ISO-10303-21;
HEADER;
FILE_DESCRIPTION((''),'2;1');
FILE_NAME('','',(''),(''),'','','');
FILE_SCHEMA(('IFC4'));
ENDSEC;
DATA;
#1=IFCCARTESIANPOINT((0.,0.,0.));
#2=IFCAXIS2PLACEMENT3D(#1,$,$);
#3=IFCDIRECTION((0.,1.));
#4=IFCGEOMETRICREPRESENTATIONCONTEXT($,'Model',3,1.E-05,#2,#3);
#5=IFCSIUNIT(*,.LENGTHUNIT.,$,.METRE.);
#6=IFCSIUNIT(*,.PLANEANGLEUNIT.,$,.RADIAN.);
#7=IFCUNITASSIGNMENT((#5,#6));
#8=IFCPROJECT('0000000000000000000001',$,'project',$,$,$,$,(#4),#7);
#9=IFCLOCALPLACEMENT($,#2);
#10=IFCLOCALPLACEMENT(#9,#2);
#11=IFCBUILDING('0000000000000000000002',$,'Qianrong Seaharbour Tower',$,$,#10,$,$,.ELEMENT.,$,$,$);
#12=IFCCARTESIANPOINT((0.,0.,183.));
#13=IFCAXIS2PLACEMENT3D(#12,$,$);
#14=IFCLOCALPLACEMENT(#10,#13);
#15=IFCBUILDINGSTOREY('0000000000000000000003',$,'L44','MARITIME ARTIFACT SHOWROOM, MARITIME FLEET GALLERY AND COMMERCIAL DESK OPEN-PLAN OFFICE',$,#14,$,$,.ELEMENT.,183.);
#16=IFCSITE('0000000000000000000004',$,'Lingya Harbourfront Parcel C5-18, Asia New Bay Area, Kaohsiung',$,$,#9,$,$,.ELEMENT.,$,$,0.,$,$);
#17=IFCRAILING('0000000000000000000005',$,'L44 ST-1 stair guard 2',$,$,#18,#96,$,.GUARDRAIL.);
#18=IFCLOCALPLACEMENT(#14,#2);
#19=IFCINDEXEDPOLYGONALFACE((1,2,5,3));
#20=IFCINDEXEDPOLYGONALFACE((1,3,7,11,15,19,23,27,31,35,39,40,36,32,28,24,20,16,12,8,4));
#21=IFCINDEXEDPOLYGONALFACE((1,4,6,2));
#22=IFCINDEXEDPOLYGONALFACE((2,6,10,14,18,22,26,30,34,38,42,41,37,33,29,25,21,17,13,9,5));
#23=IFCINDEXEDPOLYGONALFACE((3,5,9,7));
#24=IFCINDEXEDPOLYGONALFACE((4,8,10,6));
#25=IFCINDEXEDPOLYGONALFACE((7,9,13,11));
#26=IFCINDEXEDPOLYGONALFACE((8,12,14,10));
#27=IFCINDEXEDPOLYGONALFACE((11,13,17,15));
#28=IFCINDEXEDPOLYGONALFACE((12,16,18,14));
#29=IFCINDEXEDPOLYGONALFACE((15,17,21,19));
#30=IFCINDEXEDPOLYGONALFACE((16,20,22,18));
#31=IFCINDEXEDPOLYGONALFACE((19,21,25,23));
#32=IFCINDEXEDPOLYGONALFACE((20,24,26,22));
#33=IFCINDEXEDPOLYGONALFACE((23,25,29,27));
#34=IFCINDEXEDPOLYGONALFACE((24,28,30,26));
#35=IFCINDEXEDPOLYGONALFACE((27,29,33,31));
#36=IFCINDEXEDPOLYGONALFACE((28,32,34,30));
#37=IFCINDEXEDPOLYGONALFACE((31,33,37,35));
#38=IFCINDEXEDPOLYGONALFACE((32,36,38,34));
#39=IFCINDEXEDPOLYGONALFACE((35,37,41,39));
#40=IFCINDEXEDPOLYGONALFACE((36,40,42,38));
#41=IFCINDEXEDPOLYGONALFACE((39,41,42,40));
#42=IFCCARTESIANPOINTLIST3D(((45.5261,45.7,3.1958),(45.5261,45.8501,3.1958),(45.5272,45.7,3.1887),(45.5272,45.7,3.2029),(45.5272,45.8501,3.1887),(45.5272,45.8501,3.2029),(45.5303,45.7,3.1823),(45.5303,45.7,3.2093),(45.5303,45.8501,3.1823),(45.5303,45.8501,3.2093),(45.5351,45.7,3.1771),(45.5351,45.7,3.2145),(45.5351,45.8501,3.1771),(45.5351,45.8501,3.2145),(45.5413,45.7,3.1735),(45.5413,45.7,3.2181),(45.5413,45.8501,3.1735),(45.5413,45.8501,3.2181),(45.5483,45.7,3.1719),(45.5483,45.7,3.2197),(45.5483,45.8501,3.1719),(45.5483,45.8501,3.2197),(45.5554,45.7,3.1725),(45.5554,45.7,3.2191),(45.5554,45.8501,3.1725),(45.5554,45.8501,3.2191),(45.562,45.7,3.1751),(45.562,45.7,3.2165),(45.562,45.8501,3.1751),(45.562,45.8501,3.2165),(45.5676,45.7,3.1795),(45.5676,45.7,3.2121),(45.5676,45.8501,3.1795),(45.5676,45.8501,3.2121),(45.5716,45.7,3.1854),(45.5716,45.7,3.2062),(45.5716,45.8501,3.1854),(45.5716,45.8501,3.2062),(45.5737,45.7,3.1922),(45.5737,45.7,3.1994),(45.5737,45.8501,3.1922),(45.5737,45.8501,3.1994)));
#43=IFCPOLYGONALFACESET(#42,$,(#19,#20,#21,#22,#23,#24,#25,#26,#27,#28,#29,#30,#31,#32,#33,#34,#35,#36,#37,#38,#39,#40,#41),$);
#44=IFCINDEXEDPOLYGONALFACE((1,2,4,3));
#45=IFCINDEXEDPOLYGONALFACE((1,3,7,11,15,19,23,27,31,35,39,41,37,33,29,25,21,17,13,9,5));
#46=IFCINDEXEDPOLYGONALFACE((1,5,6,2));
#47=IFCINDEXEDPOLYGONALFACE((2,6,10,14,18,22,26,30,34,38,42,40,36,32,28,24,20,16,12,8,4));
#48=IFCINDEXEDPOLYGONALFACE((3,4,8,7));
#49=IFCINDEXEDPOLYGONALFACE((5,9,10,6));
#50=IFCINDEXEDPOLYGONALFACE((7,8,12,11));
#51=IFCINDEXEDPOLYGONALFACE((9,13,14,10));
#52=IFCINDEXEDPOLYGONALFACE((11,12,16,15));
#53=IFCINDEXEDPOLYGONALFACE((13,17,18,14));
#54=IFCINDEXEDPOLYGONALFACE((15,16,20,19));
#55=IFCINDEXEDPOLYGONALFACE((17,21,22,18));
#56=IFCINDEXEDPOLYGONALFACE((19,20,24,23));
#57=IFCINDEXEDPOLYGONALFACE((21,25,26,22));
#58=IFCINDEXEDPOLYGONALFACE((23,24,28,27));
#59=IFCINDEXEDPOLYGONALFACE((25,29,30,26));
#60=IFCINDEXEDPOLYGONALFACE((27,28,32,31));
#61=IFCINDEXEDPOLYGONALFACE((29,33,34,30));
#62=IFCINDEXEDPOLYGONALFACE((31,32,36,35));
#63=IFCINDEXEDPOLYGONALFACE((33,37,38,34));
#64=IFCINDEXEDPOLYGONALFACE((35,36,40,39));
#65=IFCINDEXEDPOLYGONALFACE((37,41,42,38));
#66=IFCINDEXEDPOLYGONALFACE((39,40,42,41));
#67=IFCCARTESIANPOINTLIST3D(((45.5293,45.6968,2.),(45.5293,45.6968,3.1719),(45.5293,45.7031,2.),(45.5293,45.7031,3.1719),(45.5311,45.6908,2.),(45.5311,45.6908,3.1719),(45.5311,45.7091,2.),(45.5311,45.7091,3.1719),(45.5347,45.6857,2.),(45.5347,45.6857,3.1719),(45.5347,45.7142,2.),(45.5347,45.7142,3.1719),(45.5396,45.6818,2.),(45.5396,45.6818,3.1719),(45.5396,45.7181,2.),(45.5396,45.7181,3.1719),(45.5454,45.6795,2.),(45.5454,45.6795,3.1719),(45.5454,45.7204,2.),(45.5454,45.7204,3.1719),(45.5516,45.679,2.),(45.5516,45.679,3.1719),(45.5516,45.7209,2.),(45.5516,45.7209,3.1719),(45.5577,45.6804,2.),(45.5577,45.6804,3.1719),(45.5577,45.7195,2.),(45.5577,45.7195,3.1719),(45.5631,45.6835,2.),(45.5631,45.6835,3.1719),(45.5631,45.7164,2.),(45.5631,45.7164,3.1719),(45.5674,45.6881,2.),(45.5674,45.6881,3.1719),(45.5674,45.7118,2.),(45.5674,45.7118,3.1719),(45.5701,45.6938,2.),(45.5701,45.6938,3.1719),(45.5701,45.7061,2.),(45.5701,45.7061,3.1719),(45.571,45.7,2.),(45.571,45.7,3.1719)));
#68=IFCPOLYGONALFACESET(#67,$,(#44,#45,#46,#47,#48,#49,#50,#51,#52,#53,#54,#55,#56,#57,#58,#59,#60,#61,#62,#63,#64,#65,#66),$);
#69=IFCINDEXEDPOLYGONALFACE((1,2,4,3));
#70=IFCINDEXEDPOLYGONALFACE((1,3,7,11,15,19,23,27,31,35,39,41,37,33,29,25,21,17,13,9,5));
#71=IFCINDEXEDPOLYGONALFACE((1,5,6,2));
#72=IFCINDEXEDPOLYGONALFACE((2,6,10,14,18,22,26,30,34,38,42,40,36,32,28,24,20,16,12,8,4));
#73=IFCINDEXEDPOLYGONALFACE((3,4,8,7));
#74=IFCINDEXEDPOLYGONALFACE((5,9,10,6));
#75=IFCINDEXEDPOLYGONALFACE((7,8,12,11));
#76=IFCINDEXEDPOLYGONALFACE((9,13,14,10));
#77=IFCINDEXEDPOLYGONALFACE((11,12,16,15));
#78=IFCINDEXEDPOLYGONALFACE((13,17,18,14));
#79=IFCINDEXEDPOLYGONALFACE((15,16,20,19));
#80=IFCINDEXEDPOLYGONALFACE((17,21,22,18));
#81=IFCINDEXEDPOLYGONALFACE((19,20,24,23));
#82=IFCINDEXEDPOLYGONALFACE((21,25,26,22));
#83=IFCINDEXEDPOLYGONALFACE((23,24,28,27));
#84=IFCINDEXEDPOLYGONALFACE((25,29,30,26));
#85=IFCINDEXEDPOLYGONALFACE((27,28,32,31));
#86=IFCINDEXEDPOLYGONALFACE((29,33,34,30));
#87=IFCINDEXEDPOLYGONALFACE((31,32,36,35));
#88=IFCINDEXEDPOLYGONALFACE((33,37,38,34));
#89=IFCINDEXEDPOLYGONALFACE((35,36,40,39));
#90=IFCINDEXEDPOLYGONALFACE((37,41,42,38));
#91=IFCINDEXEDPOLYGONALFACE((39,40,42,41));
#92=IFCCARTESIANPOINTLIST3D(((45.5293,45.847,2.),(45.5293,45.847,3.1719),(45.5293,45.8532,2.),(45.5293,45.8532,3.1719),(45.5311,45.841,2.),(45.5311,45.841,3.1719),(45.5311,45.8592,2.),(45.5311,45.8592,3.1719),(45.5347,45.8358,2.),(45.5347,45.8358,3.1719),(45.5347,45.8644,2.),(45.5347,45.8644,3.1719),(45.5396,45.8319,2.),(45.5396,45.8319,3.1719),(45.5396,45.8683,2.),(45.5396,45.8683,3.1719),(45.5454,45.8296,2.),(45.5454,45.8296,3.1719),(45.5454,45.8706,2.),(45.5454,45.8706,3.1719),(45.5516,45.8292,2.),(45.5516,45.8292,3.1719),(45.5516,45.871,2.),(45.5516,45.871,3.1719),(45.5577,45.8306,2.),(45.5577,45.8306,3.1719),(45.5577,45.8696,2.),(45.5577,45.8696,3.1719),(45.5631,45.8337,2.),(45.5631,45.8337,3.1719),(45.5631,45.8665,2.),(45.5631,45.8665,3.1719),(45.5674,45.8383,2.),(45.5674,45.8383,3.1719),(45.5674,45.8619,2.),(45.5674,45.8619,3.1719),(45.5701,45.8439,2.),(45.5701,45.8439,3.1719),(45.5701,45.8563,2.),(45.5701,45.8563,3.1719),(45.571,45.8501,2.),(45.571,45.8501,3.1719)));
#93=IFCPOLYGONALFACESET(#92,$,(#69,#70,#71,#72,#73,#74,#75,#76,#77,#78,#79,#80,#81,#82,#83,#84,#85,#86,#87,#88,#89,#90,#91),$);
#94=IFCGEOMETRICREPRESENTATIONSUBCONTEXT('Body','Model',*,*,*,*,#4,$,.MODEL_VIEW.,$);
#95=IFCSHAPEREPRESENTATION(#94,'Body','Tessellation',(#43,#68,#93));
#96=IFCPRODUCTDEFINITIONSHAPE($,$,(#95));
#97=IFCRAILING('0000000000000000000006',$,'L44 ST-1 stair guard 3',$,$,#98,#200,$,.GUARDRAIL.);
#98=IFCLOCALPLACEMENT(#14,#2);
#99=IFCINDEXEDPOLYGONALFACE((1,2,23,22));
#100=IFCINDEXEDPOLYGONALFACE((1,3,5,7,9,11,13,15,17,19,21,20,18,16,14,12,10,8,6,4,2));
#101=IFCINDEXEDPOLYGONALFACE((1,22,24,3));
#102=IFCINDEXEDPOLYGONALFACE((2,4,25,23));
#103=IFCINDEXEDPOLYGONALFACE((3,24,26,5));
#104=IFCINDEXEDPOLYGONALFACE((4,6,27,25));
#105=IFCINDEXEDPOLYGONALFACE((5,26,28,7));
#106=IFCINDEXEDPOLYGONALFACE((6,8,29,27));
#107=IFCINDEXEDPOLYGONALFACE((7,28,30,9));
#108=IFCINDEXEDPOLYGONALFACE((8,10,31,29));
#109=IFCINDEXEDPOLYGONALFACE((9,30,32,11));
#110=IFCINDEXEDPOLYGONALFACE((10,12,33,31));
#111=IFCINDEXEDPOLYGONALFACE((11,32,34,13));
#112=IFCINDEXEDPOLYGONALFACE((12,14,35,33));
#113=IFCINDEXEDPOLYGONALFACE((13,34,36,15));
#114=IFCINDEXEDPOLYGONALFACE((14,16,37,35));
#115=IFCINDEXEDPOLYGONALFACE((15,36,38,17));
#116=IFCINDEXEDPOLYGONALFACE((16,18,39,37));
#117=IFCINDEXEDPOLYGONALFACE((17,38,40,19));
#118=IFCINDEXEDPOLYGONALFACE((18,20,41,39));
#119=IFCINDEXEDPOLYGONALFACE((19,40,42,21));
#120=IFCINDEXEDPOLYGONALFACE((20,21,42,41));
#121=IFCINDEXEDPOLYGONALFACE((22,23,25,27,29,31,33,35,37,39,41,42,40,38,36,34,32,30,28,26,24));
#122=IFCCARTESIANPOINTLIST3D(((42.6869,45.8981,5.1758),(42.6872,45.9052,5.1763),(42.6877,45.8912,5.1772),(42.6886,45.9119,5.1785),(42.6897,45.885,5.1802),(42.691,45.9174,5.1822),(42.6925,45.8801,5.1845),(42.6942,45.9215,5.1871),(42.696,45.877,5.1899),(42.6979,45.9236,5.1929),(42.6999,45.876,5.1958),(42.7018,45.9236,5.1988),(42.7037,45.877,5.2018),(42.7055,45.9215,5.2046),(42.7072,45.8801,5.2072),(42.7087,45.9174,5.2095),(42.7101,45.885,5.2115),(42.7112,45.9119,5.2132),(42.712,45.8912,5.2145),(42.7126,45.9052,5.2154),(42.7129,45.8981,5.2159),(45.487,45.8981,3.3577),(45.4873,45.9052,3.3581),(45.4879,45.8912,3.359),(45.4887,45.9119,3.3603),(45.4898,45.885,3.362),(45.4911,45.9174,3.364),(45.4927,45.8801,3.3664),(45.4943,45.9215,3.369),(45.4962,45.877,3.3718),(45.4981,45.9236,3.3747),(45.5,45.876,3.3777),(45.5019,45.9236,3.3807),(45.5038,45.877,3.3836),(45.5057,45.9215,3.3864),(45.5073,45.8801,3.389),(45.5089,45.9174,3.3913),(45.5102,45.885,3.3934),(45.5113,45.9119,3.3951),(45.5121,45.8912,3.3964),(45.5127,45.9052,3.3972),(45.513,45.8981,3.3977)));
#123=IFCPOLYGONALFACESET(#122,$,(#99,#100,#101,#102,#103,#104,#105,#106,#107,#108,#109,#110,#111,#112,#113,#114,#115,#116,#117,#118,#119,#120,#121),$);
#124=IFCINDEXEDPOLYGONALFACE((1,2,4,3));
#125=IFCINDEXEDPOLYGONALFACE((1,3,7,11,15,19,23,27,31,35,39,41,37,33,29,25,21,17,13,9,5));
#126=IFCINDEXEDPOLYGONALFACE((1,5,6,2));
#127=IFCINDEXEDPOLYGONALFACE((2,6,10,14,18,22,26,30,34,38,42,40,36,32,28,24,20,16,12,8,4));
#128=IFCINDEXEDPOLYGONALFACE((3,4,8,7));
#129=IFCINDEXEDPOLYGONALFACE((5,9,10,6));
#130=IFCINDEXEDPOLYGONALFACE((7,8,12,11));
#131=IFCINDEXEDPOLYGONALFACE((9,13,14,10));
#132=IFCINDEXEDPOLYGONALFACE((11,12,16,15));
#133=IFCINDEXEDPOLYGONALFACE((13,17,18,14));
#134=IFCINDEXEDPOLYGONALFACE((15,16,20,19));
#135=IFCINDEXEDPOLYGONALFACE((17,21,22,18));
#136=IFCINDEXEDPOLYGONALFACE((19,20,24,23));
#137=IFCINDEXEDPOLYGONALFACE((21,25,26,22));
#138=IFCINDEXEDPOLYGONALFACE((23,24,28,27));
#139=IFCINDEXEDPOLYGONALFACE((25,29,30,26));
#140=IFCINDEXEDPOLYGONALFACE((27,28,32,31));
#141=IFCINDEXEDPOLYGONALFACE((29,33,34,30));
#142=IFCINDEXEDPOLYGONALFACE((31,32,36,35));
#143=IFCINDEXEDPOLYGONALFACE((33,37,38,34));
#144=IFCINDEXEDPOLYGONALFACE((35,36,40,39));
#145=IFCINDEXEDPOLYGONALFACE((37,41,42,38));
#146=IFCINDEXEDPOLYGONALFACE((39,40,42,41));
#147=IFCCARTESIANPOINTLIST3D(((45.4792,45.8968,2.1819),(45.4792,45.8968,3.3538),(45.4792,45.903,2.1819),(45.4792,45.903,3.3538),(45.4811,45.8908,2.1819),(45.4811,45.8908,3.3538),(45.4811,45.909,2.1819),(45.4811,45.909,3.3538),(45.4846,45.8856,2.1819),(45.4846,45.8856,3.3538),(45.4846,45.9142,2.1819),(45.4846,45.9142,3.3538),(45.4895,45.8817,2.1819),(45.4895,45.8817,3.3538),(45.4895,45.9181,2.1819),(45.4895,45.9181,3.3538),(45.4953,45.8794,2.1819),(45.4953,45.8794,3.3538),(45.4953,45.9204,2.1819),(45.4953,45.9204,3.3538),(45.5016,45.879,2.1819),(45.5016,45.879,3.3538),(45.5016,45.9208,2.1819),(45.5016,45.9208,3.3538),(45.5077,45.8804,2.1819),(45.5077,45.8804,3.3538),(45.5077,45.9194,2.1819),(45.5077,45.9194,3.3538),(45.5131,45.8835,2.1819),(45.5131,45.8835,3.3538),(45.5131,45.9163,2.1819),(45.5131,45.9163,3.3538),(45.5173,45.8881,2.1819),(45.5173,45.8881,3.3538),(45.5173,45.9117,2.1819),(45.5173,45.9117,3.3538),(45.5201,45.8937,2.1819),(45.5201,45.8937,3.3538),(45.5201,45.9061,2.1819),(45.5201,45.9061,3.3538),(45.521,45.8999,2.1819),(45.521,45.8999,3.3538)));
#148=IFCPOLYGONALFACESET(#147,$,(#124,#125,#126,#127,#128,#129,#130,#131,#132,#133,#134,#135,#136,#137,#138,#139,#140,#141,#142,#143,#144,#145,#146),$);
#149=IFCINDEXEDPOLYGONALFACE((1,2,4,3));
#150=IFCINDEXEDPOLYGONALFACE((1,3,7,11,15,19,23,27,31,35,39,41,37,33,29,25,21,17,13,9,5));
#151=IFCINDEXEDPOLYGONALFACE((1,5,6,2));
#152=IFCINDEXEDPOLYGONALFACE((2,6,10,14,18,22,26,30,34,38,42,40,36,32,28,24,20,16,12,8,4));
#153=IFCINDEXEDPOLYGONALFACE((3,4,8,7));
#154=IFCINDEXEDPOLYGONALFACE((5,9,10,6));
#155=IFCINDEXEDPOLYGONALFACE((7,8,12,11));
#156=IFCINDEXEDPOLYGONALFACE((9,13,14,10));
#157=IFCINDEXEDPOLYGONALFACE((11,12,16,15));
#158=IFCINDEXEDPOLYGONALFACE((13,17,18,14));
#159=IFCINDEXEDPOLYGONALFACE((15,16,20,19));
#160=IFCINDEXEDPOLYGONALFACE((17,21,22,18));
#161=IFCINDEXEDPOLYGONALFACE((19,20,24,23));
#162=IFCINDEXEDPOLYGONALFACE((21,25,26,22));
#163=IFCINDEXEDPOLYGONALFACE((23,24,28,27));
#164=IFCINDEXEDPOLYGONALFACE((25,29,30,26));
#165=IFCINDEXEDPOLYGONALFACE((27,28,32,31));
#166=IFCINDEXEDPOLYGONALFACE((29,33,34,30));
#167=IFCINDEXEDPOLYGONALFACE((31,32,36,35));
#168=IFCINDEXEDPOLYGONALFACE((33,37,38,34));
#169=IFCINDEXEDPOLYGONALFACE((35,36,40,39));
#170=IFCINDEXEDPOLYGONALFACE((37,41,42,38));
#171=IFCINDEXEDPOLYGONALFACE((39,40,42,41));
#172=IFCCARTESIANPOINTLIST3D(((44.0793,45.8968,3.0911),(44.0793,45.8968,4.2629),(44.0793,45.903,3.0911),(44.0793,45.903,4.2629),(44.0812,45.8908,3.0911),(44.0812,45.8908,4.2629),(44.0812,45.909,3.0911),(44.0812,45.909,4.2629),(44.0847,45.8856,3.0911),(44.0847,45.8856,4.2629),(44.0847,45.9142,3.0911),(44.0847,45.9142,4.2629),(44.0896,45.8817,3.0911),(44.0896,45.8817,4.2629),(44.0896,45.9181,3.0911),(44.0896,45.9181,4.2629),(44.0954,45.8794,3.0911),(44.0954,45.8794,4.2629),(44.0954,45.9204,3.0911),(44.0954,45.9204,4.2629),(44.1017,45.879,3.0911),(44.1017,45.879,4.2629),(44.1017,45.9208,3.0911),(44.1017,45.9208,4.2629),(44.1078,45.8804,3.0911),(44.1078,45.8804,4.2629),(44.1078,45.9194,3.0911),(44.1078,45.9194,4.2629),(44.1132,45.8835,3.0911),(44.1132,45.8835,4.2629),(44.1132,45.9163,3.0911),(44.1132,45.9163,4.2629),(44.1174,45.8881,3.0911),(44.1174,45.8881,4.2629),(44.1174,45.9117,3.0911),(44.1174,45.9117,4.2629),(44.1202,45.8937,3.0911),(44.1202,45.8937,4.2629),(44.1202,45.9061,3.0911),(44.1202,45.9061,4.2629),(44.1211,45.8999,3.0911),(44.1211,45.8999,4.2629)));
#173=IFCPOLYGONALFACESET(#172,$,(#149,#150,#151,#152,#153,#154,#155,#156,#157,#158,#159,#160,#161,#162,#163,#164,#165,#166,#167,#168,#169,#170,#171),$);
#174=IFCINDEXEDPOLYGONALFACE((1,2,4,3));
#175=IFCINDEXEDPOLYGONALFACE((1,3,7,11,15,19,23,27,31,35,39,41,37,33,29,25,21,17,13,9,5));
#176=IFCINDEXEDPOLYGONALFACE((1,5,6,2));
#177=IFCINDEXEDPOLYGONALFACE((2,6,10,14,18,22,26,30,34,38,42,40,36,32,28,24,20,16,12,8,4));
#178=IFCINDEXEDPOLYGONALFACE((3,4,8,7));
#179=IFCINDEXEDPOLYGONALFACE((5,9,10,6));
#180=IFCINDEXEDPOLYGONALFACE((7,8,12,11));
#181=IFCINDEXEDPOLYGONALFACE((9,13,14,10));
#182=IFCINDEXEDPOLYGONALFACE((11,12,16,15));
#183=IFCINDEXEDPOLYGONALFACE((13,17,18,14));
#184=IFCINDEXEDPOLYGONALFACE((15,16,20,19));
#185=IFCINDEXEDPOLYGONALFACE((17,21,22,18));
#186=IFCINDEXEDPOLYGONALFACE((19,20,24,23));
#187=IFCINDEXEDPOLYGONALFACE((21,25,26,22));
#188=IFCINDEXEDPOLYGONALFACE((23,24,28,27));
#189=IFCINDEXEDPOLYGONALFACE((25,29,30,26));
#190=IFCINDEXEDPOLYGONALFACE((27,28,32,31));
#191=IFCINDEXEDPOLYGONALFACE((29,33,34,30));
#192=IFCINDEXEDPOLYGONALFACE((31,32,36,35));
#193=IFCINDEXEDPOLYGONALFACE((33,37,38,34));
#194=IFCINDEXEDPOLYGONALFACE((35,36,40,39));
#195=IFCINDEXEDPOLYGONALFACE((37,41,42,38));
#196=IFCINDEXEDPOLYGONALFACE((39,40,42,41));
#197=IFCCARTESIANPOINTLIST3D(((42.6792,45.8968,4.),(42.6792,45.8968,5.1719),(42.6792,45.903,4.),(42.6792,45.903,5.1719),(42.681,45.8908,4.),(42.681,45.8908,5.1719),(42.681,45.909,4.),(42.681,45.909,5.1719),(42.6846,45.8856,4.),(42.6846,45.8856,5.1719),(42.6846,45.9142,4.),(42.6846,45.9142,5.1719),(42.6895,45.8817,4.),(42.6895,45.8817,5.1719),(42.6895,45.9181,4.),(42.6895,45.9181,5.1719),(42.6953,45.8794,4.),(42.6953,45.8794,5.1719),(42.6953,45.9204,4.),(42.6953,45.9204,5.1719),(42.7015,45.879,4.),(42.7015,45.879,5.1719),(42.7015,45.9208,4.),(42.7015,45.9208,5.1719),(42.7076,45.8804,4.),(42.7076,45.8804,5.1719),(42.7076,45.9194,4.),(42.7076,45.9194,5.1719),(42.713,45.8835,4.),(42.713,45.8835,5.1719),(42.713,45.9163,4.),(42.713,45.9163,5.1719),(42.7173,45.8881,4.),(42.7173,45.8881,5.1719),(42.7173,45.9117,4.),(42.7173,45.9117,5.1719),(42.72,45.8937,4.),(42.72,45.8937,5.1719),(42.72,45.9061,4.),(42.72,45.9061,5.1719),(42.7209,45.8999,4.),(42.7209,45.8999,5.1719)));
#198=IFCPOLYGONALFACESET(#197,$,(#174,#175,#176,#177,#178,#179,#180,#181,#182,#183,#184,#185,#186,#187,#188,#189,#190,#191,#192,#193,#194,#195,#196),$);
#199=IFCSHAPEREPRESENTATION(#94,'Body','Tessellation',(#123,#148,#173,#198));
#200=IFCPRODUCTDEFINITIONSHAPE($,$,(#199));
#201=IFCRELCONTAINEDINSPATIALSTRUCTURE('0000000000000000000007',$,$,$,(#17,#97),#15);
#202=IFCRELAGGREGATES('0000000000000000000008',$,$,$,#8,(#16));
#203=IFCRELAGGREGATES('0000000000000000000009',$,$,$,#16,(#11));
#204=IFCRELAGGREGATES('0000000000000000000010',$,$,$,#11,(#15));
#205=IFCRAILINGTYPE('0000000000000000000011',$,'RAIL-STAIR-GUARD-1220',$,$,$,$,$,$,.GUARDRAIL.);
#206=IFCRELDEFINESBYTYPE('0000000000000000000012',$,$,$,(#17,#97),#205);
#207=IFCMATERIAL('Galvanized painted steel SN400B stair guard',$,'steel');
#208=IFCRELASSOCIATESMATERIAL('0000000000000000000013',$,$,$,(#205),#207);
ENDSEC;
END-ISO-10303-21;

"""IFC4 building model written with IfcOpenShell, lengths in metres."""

from ifc_helpers import new_model, si_unit, direction, frame, origin, origin_2d, place, context, subcontext, project, spatial, circle, extrude, material, type_object, element, save


model = new_model("IFC4")

# Units and contexts
model_context = context("Model", 3, precision=1e-05, world=origin(), true_north=direction((0.0, 1.0)))
body_context = subcontext(model_context, "Body", "Model", "MODEL_VIEW")
ifc_project = project(units=[si_unit("LENGTHUNIT", "METRE"), si_unit("PLANEANGLEUNIT", "RADIAN")], contexts=[model_context])

# Site, building, storey
site_placement = place(None, origin())
site = spatial("IfcSite", under=ifc_project, at=site_placement, Name="Lingya Harbourfront Parcel C5-18, Asia New Bay Area, Kaohsiung", CompositionType="ELEMENT", RefElevation=0.0)
building_placement = place(site_placement, origin())
building = spatial("IfcBuilding", under=site, at=building_placement, Name="Qianrong Seaharbour Tower", CompositionType="ELEMENT")
storey_placement = place(building_placement, frame((0.0, 0.0, 183.0)))
storey = spatial("IfcBuildingStorey", under=building, at=storey_placement, Name="L44", Description="MARITIME ARTIFACT SHOWROOM, MARITIME FLEET GALLERY AND COMMERCIAL DESK OPEN-PLAN OFFICE", CompositionType="ELEMENT", Elevation=183.0)

# Railings
ifc_material_1 = material(Name="Galvanized painted steel SN400B stair guard", Category="steel")
railing_type_1 = type_object("IfcRailingType", Name="RAIL-STAIR-GUARD-1220", PredefinedType="GUARDRAIL", material=ifc_material_1)
railing_1_placement = place(storey_placement, frame((45.55, 45.7, 2.0)))
element("IfcRailing", 1, at=railing_1_placement, inside=storey, type_object=railing_type_1, Name="L44 ST-1 stair guard 2", PredefinedType="GUARDRAIL", context=body_context, shape_type="SweptSolid", body=[
    extrude(circle(Radius=0.0239, at=origin_2d()), frame((0.0, 0.0, 1.1958), z_axis=(0.0, 1.0, 0.0), x_axis=(-1.0, 0.0, 0.0)), (0.0, 0.0, 1.0), 0.1501),
    extrude(circle(Radius=0.021, at=origin_2d()), origin(), (0.0, 0.0, 1.0), 1.1719),
    extrude(circle(Radius=0.021, at=origin_2d()), frame((0.0, 0.1501, 0.0)), (0.0, 0.0, 1.0), 1.1719),
])
railing_2_placement = place(storey_placement, frame((45.5, 45.8999, 2.1819)))
element("IfcRailing", 2, at=railing_2_placement, inside=storey, type_object=railing_type_1, Name="L44 ST-1 stair guard 3", PredefinedType="GUARDRAIL", context=body_context, shape_type="SweptSolid", body=[
    extrude(circle(Radius=0.0239, at=origin_2d()), frame((0.0, 0.0, 1.1958), z_axis=(-0.838706, 0.0, 0.544585), x_axis=(0.0, -1.0, 0.0)), (0.0, 0.0, 1.0), 3.3386),
    extrude(circle(Radius=0.021, at=origin_2d()), origin(), (0.0, 0.0, 1.0), 1.1719),
    extrude(circle(Radius=0.021, at=origin_2d()), frame((-1.3999, 0.0, 0.9092)), (0.0, 0.0, 1.0), 1.1719),
    extrude(circle(Radius=0.021, at=origin_2d()), frame((-2.8, 0.0, 1.8181)), (0.0, 0.0, 1.0), 1.1719),
])

save(model, "model.ifc")
